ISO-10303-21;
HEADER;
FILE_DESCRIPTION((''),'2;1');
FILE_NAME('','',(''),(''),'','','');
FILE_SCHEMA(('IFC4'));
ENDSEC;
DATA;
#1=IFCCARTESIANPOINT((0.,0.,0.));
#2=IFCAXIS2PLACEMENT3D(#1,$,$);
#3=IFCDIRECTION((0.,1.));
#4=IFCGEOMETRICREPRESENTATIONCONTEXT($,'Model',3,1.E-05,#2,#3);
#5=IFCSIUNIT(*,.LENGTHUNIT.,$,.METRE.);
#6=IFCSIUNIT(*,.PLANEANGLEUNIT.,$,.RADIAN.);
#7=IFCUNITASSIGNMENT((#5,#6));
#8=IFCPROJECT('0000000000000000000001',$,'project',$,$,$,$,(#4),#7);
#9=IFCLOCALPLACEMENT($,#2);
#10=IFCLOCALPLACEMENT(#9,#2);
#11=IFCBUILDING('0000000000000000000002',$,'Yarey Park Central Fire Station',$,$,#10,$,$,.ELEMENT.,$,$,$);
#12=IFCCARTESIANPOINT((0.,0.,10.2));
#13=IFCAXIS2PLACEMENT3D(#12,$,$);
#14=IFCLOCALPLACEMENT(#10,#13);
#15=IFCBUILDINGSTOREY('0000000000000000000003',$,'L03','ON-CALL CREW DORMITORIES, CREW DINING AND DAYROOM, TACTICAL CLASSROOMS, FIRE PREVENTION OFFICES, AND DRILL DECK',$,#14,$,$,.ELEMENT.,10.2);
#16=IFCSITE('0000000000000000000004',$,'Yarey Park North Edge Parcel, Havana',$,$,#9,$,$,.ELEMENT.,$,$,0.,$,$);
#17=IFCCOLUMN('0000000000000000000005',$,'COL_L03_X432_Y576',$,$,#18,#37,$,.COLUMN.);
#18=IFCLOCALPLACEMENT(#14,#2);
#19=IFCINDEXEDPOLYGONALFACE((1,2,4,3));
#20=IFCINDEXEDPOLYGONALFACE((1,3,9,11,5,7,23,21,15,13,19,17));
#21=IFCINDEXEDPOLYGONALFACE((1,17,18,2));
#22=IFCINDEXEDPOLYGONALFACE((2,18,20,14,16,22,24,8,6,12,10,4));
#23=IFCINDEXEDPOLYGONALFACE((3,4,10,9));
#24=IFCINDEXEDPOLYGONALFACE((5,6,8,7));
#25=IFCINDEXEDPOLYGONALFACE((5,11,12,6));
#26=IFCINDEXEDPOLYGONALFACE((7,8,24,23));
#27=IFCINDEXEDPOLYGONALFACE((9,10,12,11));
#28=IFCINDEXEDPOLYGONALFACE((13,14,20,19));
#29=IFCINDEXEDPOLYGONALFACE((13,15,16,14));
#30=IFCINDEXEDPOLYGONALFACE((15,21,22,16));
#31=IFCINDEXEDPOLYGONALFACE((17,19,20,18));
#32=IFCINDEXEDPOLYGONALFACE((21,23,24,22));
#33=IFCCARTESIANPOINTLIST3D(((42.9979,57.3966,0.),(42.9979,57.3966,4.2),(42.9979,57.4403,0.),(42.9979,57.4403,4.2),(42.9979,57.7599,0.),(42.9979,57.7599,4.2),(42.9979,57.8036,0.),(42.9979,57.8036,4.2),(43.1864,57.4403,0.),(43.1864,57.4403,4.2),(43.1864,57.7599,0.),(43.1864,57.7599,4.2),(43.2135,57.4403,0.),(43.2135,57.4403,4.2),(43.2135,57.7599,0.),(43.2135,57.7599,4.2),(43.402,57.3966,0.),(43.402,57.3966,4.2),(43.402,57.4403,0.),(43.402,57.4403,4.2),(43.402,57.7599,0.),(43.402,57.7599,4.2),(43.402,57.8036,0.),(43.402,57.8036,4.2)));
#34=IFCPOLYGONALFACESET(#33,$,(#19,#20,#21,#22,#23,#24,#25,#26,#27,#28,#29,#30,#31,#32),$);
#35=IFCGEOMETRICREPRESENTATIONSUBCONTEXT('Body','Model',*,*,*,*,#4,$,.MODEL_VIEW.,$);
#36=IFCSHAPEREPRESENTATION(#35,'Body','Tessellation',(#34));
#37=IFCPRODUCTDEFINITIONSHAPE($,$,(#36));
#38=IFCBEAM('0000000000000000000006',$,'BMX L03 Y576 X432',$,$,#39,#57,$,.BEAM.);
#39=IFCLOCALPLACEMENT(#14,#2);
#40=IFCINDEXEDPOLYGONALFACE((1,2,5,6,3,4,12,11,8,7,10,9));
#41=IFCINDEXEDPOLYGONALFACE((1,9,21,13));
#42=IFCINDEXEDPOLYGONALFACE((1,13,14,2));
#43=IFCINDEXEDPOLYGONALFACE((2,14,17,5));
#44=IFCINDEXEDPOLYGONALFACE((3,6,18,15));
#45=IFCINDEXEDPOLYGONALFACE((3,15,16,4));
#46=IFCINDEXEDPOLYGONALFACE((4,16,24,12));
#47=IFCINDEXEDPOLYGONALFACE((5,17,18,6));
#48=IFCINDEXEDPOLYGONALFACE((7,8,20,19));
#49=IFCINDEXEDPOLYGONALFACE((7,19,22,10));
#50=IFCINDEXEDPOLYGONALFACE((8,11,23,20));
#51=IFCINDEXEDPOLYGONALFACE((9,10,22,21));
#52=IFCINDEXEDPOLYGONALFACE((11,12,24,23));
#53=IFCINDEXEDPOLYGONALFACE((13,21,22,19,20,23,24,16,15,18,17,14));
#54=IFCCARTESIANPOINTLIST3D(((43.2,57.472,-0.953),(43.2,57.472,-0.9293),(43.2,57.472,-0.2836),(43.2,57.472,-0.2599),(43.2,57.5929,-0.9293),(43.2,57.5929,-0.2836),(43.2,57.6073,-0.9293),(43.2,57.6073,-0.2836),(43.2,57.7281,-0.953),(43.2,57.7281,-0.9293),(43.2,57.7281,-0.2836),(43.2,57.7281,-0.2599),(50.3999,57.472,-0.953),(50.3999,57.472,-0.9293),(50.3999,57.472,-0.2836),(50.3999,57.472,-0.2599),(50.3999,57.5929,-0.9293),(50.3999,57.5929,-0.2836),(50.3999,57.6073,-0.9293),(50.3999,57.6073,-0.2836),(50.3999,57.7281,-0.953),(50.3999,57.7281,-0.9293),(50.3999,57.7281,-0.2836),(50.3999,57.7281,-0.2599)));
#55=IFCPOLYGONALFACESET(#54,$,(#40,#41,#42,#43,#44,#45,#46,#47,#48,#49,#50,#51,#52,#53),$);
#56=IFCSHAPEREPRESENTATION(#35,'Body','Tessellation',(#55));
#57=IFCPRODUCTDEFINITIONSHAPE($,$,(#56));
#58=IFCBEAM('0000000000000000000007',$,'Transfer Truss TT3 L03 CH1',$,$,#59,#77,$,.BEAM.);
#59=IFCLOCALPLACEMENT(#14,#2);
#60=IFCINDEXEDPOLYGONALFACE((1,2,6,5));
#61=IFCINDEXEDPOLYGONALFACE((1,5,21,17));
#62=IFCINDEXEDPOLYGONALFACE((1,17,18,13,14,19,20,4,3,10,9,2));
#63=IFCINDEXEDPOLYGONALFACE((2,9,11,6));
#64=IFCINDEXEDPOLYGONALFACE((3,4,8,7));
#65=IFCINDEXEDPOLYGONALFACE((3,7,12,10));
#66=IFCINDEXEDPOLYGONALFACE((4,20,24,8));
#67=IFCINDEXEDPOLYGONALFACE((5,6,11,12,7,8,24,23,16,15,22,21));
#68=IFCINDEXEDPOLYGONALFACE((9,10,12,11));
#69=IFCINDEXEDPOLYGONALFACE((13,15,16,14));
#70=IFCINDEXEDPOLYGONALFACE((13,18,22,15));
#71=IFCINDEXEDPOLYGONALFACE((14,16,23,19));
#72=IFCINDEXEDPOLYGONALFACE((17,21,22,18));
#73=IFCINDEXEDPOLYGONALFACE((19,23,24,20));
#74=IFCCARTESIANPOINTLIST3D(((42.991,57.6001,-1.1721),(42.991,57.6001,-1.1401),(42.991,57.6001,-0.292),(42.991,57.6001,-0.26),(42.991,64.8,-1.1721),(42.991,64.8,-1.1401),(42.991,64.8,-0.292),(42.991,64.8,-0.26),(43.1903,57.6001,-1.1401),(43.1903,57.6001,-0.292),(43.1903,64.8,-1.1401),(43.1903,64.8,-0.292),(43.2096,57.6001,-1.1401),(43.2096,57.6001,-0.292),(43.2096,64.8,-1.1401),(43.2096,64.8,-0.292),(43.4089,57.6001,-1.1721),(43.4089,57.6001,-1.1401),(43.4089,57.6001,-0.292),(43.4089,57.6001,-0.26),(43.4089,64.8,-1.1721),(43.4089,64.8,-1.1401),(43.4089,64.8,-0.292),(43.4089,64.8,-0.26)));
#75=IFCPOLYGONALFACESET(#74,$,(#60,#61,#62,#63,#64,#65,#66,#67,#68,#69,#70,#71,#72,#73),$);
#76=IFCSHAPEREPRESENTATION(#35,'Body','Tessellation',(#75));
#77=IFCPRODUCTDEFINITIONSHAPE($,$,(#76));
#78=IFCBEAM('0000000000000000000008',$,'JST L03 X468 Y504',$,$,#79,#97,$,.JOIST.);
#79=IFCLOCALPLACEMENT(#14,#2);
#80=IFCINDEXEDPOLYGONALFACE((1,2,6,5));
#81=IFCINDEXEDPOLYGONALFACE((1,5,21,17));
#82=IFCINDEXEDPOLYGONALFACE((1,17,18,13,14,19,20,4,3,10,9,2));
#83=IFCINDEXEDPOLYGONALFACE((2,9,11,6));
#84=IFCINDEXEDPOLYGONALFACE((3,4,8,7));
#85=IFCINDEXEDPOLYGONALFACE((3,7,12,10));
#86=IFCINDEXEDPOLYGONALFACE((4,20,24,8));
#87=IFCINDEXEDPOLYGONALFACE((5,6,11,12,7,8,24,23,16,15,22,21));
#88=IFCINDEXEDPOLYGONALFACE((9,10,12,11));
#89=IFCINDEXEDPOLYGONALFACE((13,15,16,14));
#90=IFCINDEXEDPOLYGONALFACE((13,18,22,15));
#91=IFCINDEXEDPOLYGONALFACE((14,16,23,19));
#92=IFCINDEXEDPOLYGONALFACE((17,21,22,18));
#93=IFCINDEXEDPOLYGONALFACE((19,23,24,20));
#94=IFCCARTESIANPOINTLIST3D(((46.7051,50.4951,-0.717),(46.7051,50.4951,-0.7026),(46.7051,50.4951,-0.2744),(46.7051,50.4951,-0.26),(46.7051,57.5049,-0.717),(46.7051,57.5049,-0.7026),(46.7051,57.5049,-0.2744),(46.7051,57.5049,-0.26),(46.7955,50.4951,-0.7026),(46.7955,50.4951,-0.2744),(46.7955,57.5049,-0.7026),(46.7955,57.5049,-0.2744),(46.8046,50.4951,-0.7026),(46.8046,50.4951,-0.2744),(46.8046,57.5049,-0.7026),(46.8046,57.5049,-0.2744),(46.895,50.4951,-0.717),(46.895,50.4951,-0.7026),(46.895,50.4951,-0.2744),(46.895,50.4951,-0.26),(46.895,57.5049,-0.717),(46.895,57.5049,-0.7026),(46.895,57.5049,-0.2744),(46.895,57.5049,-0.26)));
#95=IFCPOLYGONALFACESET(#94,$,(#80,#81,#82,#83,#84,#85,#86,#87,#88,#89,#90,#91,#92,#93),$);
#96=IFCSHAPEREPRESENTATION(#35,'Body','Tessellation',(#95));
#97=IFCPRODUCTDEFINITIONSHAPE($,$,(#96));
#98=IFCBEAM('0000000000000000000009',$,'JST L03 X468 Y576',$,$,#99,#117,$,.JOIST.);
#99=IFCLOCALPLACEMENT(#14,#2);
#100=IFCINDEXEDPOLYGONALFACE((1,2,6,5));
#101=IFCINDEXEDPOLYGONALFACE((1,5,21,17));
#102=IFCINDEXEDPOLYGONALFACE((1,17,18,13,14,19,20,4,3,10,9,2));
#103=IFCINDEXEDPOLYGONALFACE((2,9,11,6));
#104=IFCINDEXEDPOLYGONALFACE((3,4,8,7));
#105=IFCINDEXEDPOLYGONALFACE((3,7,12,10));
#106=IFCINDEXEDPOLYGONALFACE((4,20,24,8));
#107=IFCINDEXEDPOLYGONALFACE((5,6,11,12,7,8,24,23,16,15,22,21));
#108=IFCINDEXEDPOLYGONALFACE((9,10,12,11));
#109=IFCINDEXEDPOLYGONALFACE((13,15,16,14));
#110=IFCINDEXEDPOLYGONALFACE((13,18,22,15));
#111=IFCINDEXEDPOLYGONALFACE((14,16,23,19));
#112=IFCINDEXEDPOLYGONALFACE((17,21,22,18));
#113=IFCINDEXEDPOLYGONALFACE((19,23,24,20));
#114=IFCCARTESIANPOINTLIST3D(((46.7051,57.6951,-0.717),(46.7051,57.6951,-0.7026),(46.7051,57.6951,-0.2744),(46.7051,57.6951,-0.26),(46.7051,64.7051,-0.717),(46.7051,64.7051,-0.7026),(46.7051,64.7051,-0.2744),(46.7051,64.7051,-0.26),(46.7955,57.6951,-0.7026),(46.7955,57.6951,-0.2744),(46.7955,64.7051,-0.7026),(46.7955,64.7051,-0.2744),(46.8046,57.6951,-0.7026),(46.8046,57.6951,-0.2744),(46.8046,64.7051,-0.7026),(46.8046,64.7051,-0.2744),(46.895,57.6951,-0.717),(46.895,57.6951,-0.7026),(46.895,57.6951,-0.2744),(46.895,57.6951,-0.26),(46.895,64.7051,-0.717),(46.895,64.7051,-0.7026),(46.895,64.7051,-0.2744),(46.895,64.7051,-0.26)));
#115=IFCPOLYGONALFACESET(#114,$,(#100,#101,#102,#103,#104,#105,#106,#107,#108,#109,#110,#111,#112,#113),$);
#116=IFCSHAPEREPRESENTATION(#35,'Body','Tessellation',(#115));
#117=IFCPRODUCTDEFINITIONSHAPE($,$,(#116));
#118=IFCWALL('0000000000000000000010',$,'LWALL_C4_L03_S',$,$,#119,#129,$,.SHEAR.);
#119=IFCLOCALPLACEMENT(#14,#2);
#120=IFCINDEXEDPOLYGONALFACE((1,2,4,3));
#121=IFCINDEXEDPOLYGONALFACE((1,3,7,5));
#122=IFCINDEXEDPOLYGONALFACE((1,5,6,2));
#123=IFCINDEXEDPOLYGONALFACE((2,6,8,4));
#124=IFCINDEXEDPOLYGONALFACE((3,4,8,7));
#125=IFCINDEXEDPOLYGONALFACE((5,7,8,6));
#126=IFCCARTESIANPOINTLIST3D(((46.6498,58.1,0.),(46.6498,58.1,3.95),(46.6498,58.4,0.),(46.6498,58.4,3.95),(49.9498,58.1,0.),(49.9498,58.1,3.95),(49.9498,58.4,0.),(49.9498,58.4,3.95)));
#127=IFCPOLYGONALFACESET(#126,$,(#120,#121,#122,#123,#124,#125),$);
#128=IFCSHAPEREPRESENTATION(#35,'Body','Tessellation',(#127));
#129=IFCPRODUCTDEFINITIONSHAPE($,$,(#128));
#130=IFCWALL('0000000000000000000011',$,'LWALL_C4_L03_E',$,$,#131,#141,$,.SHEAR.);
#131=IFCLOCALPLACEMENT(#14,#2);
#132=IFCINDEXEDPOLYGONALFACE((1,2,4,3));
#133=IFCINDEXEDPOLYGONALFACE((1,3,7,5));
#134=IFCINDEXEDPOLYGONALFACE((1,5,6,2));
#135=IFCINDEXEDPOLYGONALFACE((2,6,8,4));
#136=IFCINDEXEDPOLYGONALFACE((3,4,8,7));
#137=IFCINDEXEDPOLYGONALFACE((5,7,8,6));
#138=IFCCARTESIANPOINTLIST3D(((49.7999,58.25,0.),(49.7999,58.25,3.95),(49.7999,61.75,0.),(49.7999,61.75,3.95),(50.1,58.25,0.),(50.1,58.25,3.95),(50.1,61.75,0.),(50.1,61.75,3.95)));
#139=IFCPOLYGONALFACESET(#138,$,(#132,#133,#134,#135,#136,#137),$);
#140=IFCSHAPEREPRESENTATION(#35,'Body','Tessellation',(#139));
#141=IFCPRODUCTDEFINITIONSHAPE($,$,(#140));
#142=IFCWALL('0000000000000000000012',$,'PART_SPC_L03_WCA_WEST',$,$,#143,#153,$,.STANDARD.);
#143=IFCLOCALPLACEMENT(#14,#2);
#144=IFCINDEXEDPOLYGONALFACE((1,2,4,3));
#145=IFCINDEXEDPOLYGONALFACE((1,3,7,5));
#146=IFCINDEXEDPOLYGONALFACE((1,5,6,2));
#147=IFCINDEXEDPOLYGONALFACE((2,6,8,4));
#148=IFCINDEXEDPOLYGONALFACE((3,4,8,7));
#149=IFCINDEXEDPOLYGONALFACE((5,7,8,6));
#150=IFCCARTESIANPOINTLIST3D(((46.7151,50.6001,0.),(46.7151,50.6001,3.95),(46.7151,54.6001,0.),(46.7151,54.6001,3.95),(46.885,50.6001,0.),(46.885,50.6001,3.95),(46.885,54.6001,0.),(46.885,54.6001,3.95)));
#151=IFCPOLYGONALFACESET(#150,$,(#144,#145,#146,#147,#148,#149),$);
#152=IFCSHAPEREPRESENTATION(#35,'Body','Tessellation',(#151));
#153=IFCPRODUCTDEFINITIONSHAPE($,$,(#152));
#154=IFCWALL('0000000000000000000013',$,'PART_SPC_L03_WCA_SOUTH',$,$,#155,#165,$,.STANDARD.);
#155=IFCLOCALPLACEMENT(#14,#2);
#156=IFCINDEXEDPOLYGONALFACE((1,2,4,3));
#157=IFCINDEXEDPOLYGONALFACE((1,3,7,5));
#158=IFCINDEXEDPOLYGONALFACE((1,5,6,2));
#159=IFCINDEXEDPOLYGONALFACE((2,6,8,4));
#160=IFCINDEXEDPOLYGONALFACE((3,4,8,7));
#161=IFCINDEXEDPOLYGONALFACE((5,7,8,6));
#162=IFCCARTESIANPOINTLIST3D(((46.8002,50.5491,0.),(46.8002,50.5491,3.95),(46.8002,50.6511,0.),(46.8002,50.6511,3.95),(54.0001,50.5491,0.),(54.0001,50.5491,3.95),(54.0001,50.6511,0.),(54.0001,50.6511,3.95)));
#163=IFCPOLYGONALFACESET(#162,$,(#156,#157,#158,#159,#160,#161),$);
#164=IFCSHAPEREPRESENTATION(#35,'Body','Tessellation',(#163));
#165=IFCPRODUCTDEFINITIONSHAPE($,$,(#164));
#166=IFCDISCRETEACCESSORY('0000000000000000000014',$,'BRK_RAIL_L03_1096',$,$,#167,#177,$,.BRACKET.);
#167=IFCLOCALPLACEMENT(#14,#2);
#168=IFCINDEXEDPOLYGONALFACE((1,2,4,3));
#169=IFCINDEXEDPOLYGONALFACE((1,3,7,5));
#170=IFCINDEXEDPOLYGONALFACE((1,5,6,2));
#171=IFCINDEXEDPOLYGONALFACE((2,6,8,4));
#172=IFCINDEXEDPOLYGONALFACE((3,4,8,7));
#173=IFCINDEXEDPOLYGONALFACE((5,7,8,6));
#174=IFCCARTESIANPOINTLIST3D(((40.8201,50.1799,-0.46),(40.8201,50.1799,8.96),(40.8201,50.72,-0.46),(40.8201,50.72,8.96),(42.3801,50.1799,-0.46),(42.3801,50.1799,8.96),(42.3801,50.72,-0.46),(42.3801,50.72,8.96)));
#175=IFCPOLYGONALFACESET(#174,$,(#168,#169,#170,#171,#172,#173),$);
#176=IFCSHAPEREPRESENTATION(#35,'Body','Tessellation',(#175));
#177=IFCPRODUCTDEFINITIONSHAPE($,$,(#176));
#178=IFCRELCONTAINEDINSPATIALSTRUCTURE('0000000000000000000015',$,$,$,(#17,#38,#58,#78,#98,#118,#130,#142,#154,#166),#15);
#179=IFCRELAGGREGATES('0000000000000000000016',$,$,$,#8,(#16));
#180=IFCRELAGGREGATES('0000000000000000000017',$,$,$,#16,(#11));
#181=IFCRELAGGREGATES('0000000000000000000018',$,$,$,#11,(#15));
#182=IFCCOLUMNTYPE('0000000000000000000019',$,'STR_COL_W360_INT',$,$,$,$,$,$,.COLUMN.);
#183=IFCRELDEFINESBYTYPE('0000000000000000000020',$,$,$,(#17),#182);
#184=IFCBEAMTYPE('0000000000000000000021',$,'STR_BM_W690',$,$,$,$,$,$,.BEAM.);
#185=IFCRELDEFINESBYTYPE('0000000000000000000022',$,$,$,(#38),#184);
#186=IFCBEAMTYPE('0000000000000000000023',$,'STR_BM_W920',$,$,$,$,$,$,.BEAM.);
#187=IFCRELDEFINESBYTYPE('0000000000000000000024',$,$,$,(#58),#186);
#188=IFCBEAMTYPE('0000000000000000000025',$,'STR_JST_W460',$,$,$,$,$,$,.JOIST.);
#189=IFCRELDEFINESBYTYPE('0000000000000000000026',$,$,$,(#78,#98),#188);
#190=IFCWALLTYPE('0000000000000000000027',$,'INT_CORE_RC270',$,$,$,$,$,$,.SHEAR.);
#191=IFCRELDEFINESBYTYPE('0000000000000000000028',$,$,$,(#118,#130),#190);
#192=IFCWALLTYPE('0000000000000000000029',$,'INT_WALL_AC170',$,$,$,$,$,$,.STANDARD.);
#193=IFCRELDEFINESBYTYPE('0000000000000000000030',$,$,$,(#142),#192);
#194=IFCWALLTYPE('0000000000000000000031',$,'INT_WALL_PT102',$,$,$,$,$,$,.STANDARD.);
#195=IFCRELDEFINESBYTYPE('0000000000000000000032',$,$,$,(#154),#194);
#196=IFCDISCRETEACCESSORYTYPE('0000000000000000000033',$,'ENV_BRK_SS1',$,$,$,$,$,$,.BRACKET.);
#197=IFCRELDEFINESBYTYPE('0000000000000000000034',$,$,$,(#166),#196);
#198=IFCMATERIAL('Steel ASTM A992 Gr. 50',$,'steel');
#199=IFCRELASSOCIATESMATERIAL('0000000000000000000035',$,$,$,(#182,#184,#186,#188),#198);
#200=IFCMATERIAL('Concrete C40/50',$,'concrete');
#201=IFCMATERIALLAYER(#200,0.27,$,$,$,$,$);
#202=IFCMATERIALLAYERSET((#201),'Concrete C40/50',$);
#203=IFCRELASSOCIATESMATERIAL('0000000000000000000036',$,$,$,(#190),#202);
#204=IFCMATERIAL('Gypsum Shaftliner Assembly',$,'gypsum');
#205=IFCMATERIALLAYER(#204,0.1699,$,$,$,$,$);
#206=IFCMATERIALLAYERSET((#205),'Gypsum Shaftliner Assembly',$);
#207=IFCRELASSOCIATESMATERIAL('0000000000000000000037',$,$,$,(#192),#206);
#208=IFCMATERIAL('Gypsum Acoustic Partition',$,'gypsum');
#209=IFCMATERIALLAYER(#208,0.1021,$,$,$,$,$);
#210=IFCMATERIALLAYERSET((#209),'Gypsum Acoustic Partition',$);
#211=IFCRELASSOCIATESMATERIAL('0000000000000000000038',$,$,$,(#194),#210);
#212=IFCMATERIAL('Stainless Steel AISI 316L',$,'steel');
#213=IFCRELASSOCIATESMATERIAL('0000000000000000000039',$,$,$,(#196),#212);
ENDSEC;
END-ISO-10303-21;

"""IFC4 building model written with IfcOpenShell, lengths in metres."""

from ifc_helpers import new_model, si_unit, direction, frame, frame_2d, origin, origin_2d, place, context, subcontext, project, spatial, rectangle, i_section, extrude, material, layer, layer_set, material_profile, profile_set, type_object, element, save


model = new_model("IFC4")

# Units and contexts
model_context = context("Model", 3, precision=1e-05, world=origin(), true_north=direction((0.0, 1.0)))
body_context = subcontext(model_context, "Body", "Model", "MODEL_VIEW")
ifc_project = project(units=[si_unit("LENGTHUNIT", "METRE"), si_unit("PLANEANGLEUNIT", "RADIAN")], contexts=[model_context])

# Site, building, storey
site_placement = place(None, origin())
site = spatial("IfcSite", under=ifc_project, at=site_placement, Name="Yarey Park North Edge Parcel, Havana", CompositionType="ELEMENT", RefElevation=0.0)
building_placement = place(site_placement, origin())
building = spatial("IfcBuilding", under=site, at=building_placement, Name="Yarey Park Central Fire Station", CompositionType="ELEMENT")
storey_placement = place(building_placement, frame((0.0, 0.0, 10.2)))
storey = spatial("IfcBuildingStorey", under=building, at=storey_placement, Name="L03", Description="ON-CALL CREW DORMITORIES, CREW DINING AND DAYROOM, TACTICAL CLASSROOMS, FIRE PREVENTION OFFICES, AND DRILL DECK", CompositionType="ELEMENT", Elevation=10.2)

# Column
ifc_material_1 = material(Name="Steel ASTM A992 Gr. 50", Category="steel")
ifc_material_profile_1 = material_profile(ifc_material_1, i_section(OverallWidth=0.4041, OverallDepth=0.407, WebThickness=0.0271, FlangeThickness=0.0437, at=origin_2d()), Name="W360x347")
ifc_profile_set_1 = profile_set([ifc_material_profile_1], Name="Steel ASTM A992 Gr. 50")
column_type = type_object("IfcColumnType", Name="STR_COL_W360_INT", PredefinedType="COLUMN", material=ifc_profile_set_1)
column_placement = place(storey_placement, frame((43.2, 57.6001, 0.0), z_axis=(0.0, 0.0, 1.0), x_axis=(1.0, 0.0, 0.0)))
element("IfcColumn", 1, at=column_placement, inside=storey, type_object=column_type, Name="COL_L03_X432_Y576", PredefinedType="COLUMN", context=body_context, shape_type="SweptSolid", body=[
    extrude(i_section(OverallWidth=0.4041, OverallDepth=0.407, WebThickness=0.0271, FlangeThickness=0.0437, at=origin_2d()), origin(), (0.0, 0.0, 1.0), 4.2),
])

# Beams
ifc_material_profile_2 = material_profile(ifc_material_1, i_section(OverallWidth=0.2561, OverallDepth=0.6931, WebThickness=0.0144, FlangeThickness=0.0237, at=origin_2d()), Name="W690x170")
ifc_profile_set_2 = profile_set([ifc_material_profile_2], Name="Steel ASTM A992 Gr. 50")
beam_type_1 = type_object("IfcBeamType", Name="STR_BM_W690", PredefinedType="BEAM", material=ifc_profile_set_2)
beam_1_placement = place(storey_placement, frame((43.2, 57.6001, -0.6064), z_axis=(1.0, 0.0, 0.0), x_axis=(0.0, 1.0, 0.0)))
element("IfcBeam", 2, at=beam_1_placement, inside=storey, type_object=beam_type_1, Name="BMX L03 Y576 X432", PredefinedType="BEAM", context=body_context, shape_type="SweptSolid", body=[
    extrude(i_section(OverallWidth=0.2561, OverallDepth=0.6931, WebThickness=0.0144, FlangeThickness=0.0237, at=origin_2d()), origin(), (0.0, 0.0, 1.0), 7.2),
])
ifc_material_profile_3 = material_profile(ifc_material_1, i_section(OverallWidth=0.418, OverallDepth=0.9121, WebThickness=0.0193, FlangeThickness=0.032, at=origin_2d()), Name="W920x342")
ifc_profile_set_3 = profile_set([ifc_material_profile_3], Name="Steel ASTM A992 Gr. 50")
beam_type_2 = type_object("IfcBeamType", Name="STR_BM_W920", PredefinedType="BEAM", material=ifc_profile_set_3)
beam_2_placement = place(storey_placement, frame((43.2, 57.6001, -0.7161), z_axis=(0.0, 1.0, 0.0), x_axis=(-1.0, 0.0, 0.0)))
element("IfcBeam", 3, at=beam_2_placement, inside=storey, type_object=beam_type_2, Name="Transfer Truss TT3 L03 CH1", PredefinedType="BEAM", context=body_context, shape_type="SweptSolid", body=[
    extrude(i_section(OverallWidth=0.418, OverallDepth=0.9121, WebThickness=0.0193, FlangeThickness=0.032, at=origin_2d()), origin(), (0.0, 0.0, 1.0), 7.2),
])
ifc_material_profile_4 = material_profile(ifc_material_1, i_section(OverallWidth=0.1899, OverallDepth=0.457, WebThickness=0.009, FlangeThickness=0.0144, at=origin_2d()), Name="W460x74")
ifc_profile_set_4 = profile_set([ifc_material_profile_4], Name="Steel ASTM A992 Gr. 50")
beam_type_3 = type_object("IfcBeamType", Name="STR_JST_W460", PredefinedType="JOIST", material=ifc_profile_set_4)
beam_3_placement = place(storey_placement, frame((46.8, 50.4951, -0.4885), z_axis=(0.0, 1.0, 0.0), x_axis=(-1.0, 0.0, 0.0)))
element("IfcBeam", 4, at=beam_3_placement, inside=storey, type_object=beam_type_3, Name="JST L03 X468 Y504", PredefinedType="JOIST", context=body_context, shape_type="SweptSolid", body=[
    extrude(i_section(OverallWidth=0.1899, OverallDepth=0.457, WebThickness=0.009, FlangeThickness=0.0144, at=origin_2d()), origin(), (0.0, 0.0, 1.0), 7.0098),
])
beam_4_placement = place(storey_placement, frame((46.8, 57.6951, -0.4885), z_axis=(0.0, 1.0, 0.0), x_axis=(-1.0, 0.0, 0.0)))
element("IfcBeam", 5, at=beam_4_placement, inside=storey, type_object=beam_type_3, Name="JST L03 X468 Y576", PredefinedType="JOIST", context=body_context, shape_type="SweptSolid", body=[
    extrude(i_section(OverallWidth=0.1899, OverallDepth=0.457, WebThickness=0.009, FlangeThickness=0.0144, at=origin_2d()), origin(), (0.0, 0.0, 1.0), 7.01),
])

# Walls
ifc_material_2 = material(Name="Concrete C40/50", Category="concrete")
ifc_layer_1 = layer(ifc_material_2, 0.27)
ifc_layer_set_1 = layer_set([ifc_layer_1], Name="Concrete C40/50")
wall_type_1 = type_object("IfcWallType", Name="INT_CORE_RC270", PredefinedType="SHEAR", material=ifc_layer_set_1)
wall_1_placement = place(storey_placement, frame((46.6499, 58.25, 0.0), z_axis=(0.0, 0.0, 1.0), x_axis=(1.0, 0.0, 0.0)))
element("IfcWall", 6, at=wall_1_placement, inside=storey, type_object=wall_type_1, Name="LWALL_C4_L03_S", PredefinedType="SHEAR", context=body_context, shape_type="SweptSolid", body=[
    extrude(rectangle(XDim=3.3, YDim=0.3, at=frame_2d((1.6499, 0.0))), origin(), (0.0, 0.0, 1.0), 3.95),
])
wall_2_placement = place(storey_placement, frame((49.95, 58.25, 0.0), z_axis=(0.0, 0.0, 1.0), x_axis=(0.0, 1.0, 0.0)))
element("IfcWall", 7, at=wall_2_placement, inside=storey, type_object=wall_type_1, Name="LWALL_C4_L03_E", PredefinedType="SHEAR", context=body_context, shape_type="SweptSolid", body=[
    extrude(rectangle(XDim=3.5, YDim=0.3, at=frame_2d((1.75, 0.0))), origin(), (0.0, 0.0, 1.0), 3.95),
])
ifc_material_3 = material(Name="Gypsum Shaftliner Assembly", Category="gypsum")
ifc_layer_2 = layer(ifc_material_3, 0.1699)
ifc_layer_set_2 = layer_set([ifc_layer_2], Name="Gypsum Shaftliner Assembly")
wall_type_2 = type_object("IfcWallType", Name="INT_WALL_AC170", PredefinedType="STANDARD", material=ifc_layer_set_2)
wall_3_placement = place(storey_placement, frame((46.8, 54.6001, 0.0), z_axis=(0.0, 0.0, 1.0), x_axis=(0.0, -1.0, 0.0)))
element("IfcWall", 8, at=wall_3_placement, inside=storey, type_object=wall_type_2, Name="PART_SPC_L03_WCA_WEST", PredefinedType="STANDARD", context=body_context, shape_type="SweptSolid", body=[
    extrude(rectangle(XDim=4.0, YDim=0.1699, at=frame_2d((2.0, 0.0))), origin(), (0.0, 0.0, 1.0), 3.95),
])
ifc_material_4 = material(Name="Gypsum Acoustic Partition", Category="gypsum")
ifc_layer_3 = layer(ifc_material_4, 0.1021)
ifc_layer_set_3 = layer_set([ifc_layer_3], Name="Gypsum Acoustic Partition")
wall_type_3 = type_object("IfcWallType", Name="INT_WALL_PT102", PredefinedType="STANDARD", material=ifc_layer_set_3)
wall_4_placement = place(storey_placement, frame((46.8, 50.6001, 0.0), z_axis=(0.0, 0.0, 1.0), x_axis=(1.0, 0.0, 0.0)))
element("IfcWall", 9, at=wall_4_placement, inside=storey, type_object=wall_type_3, Name="PART_SPC_L03_WCA_SOUTH", PredefinedType="STANDARD", context=body_context, shape_type="SweptSolid", body=[
    extrude(rectangle(XDim=7.2, YDim=0.1021, at=frame_2d((3.6001, 0.0))), origin(), (0.0, 0.0, 1.0), 3.95),
])

# Discrete accessory
ifc_material_5 = material(Name="Stainless Steel AISI 316L", Category="steel")
discrete_accessory_type = type_object("IfcDiscreteAccessoryType", Name="ENV_BRK_SS1", PredefinedType="BRACKET", material=ifc_material_5)
discrete_accessory_1_placement = place(storey_placement, frame((41.6001, 50.45, -0.46), z_axis=(0.0, 0.0, 1.0), x_axis=(1.0, 0.0, 0.0)))
element("IfcDiscreteAccessory", 10, at=discrete_accessory_1_placement, inside=storey, type_object=discrete_accessory_type, Name="BRK_RAIL_L03_1096", PredefinedType="BRACKET", context=body_context, shape_type="SweptSolid", body=[
    extrude(rectangle(XDim=1.5601, YDim=0.54, at=origin_2d()), origin(), (0.0, 0.0, 1.0), 9.4199),
])

save(model, "model.ifc")
